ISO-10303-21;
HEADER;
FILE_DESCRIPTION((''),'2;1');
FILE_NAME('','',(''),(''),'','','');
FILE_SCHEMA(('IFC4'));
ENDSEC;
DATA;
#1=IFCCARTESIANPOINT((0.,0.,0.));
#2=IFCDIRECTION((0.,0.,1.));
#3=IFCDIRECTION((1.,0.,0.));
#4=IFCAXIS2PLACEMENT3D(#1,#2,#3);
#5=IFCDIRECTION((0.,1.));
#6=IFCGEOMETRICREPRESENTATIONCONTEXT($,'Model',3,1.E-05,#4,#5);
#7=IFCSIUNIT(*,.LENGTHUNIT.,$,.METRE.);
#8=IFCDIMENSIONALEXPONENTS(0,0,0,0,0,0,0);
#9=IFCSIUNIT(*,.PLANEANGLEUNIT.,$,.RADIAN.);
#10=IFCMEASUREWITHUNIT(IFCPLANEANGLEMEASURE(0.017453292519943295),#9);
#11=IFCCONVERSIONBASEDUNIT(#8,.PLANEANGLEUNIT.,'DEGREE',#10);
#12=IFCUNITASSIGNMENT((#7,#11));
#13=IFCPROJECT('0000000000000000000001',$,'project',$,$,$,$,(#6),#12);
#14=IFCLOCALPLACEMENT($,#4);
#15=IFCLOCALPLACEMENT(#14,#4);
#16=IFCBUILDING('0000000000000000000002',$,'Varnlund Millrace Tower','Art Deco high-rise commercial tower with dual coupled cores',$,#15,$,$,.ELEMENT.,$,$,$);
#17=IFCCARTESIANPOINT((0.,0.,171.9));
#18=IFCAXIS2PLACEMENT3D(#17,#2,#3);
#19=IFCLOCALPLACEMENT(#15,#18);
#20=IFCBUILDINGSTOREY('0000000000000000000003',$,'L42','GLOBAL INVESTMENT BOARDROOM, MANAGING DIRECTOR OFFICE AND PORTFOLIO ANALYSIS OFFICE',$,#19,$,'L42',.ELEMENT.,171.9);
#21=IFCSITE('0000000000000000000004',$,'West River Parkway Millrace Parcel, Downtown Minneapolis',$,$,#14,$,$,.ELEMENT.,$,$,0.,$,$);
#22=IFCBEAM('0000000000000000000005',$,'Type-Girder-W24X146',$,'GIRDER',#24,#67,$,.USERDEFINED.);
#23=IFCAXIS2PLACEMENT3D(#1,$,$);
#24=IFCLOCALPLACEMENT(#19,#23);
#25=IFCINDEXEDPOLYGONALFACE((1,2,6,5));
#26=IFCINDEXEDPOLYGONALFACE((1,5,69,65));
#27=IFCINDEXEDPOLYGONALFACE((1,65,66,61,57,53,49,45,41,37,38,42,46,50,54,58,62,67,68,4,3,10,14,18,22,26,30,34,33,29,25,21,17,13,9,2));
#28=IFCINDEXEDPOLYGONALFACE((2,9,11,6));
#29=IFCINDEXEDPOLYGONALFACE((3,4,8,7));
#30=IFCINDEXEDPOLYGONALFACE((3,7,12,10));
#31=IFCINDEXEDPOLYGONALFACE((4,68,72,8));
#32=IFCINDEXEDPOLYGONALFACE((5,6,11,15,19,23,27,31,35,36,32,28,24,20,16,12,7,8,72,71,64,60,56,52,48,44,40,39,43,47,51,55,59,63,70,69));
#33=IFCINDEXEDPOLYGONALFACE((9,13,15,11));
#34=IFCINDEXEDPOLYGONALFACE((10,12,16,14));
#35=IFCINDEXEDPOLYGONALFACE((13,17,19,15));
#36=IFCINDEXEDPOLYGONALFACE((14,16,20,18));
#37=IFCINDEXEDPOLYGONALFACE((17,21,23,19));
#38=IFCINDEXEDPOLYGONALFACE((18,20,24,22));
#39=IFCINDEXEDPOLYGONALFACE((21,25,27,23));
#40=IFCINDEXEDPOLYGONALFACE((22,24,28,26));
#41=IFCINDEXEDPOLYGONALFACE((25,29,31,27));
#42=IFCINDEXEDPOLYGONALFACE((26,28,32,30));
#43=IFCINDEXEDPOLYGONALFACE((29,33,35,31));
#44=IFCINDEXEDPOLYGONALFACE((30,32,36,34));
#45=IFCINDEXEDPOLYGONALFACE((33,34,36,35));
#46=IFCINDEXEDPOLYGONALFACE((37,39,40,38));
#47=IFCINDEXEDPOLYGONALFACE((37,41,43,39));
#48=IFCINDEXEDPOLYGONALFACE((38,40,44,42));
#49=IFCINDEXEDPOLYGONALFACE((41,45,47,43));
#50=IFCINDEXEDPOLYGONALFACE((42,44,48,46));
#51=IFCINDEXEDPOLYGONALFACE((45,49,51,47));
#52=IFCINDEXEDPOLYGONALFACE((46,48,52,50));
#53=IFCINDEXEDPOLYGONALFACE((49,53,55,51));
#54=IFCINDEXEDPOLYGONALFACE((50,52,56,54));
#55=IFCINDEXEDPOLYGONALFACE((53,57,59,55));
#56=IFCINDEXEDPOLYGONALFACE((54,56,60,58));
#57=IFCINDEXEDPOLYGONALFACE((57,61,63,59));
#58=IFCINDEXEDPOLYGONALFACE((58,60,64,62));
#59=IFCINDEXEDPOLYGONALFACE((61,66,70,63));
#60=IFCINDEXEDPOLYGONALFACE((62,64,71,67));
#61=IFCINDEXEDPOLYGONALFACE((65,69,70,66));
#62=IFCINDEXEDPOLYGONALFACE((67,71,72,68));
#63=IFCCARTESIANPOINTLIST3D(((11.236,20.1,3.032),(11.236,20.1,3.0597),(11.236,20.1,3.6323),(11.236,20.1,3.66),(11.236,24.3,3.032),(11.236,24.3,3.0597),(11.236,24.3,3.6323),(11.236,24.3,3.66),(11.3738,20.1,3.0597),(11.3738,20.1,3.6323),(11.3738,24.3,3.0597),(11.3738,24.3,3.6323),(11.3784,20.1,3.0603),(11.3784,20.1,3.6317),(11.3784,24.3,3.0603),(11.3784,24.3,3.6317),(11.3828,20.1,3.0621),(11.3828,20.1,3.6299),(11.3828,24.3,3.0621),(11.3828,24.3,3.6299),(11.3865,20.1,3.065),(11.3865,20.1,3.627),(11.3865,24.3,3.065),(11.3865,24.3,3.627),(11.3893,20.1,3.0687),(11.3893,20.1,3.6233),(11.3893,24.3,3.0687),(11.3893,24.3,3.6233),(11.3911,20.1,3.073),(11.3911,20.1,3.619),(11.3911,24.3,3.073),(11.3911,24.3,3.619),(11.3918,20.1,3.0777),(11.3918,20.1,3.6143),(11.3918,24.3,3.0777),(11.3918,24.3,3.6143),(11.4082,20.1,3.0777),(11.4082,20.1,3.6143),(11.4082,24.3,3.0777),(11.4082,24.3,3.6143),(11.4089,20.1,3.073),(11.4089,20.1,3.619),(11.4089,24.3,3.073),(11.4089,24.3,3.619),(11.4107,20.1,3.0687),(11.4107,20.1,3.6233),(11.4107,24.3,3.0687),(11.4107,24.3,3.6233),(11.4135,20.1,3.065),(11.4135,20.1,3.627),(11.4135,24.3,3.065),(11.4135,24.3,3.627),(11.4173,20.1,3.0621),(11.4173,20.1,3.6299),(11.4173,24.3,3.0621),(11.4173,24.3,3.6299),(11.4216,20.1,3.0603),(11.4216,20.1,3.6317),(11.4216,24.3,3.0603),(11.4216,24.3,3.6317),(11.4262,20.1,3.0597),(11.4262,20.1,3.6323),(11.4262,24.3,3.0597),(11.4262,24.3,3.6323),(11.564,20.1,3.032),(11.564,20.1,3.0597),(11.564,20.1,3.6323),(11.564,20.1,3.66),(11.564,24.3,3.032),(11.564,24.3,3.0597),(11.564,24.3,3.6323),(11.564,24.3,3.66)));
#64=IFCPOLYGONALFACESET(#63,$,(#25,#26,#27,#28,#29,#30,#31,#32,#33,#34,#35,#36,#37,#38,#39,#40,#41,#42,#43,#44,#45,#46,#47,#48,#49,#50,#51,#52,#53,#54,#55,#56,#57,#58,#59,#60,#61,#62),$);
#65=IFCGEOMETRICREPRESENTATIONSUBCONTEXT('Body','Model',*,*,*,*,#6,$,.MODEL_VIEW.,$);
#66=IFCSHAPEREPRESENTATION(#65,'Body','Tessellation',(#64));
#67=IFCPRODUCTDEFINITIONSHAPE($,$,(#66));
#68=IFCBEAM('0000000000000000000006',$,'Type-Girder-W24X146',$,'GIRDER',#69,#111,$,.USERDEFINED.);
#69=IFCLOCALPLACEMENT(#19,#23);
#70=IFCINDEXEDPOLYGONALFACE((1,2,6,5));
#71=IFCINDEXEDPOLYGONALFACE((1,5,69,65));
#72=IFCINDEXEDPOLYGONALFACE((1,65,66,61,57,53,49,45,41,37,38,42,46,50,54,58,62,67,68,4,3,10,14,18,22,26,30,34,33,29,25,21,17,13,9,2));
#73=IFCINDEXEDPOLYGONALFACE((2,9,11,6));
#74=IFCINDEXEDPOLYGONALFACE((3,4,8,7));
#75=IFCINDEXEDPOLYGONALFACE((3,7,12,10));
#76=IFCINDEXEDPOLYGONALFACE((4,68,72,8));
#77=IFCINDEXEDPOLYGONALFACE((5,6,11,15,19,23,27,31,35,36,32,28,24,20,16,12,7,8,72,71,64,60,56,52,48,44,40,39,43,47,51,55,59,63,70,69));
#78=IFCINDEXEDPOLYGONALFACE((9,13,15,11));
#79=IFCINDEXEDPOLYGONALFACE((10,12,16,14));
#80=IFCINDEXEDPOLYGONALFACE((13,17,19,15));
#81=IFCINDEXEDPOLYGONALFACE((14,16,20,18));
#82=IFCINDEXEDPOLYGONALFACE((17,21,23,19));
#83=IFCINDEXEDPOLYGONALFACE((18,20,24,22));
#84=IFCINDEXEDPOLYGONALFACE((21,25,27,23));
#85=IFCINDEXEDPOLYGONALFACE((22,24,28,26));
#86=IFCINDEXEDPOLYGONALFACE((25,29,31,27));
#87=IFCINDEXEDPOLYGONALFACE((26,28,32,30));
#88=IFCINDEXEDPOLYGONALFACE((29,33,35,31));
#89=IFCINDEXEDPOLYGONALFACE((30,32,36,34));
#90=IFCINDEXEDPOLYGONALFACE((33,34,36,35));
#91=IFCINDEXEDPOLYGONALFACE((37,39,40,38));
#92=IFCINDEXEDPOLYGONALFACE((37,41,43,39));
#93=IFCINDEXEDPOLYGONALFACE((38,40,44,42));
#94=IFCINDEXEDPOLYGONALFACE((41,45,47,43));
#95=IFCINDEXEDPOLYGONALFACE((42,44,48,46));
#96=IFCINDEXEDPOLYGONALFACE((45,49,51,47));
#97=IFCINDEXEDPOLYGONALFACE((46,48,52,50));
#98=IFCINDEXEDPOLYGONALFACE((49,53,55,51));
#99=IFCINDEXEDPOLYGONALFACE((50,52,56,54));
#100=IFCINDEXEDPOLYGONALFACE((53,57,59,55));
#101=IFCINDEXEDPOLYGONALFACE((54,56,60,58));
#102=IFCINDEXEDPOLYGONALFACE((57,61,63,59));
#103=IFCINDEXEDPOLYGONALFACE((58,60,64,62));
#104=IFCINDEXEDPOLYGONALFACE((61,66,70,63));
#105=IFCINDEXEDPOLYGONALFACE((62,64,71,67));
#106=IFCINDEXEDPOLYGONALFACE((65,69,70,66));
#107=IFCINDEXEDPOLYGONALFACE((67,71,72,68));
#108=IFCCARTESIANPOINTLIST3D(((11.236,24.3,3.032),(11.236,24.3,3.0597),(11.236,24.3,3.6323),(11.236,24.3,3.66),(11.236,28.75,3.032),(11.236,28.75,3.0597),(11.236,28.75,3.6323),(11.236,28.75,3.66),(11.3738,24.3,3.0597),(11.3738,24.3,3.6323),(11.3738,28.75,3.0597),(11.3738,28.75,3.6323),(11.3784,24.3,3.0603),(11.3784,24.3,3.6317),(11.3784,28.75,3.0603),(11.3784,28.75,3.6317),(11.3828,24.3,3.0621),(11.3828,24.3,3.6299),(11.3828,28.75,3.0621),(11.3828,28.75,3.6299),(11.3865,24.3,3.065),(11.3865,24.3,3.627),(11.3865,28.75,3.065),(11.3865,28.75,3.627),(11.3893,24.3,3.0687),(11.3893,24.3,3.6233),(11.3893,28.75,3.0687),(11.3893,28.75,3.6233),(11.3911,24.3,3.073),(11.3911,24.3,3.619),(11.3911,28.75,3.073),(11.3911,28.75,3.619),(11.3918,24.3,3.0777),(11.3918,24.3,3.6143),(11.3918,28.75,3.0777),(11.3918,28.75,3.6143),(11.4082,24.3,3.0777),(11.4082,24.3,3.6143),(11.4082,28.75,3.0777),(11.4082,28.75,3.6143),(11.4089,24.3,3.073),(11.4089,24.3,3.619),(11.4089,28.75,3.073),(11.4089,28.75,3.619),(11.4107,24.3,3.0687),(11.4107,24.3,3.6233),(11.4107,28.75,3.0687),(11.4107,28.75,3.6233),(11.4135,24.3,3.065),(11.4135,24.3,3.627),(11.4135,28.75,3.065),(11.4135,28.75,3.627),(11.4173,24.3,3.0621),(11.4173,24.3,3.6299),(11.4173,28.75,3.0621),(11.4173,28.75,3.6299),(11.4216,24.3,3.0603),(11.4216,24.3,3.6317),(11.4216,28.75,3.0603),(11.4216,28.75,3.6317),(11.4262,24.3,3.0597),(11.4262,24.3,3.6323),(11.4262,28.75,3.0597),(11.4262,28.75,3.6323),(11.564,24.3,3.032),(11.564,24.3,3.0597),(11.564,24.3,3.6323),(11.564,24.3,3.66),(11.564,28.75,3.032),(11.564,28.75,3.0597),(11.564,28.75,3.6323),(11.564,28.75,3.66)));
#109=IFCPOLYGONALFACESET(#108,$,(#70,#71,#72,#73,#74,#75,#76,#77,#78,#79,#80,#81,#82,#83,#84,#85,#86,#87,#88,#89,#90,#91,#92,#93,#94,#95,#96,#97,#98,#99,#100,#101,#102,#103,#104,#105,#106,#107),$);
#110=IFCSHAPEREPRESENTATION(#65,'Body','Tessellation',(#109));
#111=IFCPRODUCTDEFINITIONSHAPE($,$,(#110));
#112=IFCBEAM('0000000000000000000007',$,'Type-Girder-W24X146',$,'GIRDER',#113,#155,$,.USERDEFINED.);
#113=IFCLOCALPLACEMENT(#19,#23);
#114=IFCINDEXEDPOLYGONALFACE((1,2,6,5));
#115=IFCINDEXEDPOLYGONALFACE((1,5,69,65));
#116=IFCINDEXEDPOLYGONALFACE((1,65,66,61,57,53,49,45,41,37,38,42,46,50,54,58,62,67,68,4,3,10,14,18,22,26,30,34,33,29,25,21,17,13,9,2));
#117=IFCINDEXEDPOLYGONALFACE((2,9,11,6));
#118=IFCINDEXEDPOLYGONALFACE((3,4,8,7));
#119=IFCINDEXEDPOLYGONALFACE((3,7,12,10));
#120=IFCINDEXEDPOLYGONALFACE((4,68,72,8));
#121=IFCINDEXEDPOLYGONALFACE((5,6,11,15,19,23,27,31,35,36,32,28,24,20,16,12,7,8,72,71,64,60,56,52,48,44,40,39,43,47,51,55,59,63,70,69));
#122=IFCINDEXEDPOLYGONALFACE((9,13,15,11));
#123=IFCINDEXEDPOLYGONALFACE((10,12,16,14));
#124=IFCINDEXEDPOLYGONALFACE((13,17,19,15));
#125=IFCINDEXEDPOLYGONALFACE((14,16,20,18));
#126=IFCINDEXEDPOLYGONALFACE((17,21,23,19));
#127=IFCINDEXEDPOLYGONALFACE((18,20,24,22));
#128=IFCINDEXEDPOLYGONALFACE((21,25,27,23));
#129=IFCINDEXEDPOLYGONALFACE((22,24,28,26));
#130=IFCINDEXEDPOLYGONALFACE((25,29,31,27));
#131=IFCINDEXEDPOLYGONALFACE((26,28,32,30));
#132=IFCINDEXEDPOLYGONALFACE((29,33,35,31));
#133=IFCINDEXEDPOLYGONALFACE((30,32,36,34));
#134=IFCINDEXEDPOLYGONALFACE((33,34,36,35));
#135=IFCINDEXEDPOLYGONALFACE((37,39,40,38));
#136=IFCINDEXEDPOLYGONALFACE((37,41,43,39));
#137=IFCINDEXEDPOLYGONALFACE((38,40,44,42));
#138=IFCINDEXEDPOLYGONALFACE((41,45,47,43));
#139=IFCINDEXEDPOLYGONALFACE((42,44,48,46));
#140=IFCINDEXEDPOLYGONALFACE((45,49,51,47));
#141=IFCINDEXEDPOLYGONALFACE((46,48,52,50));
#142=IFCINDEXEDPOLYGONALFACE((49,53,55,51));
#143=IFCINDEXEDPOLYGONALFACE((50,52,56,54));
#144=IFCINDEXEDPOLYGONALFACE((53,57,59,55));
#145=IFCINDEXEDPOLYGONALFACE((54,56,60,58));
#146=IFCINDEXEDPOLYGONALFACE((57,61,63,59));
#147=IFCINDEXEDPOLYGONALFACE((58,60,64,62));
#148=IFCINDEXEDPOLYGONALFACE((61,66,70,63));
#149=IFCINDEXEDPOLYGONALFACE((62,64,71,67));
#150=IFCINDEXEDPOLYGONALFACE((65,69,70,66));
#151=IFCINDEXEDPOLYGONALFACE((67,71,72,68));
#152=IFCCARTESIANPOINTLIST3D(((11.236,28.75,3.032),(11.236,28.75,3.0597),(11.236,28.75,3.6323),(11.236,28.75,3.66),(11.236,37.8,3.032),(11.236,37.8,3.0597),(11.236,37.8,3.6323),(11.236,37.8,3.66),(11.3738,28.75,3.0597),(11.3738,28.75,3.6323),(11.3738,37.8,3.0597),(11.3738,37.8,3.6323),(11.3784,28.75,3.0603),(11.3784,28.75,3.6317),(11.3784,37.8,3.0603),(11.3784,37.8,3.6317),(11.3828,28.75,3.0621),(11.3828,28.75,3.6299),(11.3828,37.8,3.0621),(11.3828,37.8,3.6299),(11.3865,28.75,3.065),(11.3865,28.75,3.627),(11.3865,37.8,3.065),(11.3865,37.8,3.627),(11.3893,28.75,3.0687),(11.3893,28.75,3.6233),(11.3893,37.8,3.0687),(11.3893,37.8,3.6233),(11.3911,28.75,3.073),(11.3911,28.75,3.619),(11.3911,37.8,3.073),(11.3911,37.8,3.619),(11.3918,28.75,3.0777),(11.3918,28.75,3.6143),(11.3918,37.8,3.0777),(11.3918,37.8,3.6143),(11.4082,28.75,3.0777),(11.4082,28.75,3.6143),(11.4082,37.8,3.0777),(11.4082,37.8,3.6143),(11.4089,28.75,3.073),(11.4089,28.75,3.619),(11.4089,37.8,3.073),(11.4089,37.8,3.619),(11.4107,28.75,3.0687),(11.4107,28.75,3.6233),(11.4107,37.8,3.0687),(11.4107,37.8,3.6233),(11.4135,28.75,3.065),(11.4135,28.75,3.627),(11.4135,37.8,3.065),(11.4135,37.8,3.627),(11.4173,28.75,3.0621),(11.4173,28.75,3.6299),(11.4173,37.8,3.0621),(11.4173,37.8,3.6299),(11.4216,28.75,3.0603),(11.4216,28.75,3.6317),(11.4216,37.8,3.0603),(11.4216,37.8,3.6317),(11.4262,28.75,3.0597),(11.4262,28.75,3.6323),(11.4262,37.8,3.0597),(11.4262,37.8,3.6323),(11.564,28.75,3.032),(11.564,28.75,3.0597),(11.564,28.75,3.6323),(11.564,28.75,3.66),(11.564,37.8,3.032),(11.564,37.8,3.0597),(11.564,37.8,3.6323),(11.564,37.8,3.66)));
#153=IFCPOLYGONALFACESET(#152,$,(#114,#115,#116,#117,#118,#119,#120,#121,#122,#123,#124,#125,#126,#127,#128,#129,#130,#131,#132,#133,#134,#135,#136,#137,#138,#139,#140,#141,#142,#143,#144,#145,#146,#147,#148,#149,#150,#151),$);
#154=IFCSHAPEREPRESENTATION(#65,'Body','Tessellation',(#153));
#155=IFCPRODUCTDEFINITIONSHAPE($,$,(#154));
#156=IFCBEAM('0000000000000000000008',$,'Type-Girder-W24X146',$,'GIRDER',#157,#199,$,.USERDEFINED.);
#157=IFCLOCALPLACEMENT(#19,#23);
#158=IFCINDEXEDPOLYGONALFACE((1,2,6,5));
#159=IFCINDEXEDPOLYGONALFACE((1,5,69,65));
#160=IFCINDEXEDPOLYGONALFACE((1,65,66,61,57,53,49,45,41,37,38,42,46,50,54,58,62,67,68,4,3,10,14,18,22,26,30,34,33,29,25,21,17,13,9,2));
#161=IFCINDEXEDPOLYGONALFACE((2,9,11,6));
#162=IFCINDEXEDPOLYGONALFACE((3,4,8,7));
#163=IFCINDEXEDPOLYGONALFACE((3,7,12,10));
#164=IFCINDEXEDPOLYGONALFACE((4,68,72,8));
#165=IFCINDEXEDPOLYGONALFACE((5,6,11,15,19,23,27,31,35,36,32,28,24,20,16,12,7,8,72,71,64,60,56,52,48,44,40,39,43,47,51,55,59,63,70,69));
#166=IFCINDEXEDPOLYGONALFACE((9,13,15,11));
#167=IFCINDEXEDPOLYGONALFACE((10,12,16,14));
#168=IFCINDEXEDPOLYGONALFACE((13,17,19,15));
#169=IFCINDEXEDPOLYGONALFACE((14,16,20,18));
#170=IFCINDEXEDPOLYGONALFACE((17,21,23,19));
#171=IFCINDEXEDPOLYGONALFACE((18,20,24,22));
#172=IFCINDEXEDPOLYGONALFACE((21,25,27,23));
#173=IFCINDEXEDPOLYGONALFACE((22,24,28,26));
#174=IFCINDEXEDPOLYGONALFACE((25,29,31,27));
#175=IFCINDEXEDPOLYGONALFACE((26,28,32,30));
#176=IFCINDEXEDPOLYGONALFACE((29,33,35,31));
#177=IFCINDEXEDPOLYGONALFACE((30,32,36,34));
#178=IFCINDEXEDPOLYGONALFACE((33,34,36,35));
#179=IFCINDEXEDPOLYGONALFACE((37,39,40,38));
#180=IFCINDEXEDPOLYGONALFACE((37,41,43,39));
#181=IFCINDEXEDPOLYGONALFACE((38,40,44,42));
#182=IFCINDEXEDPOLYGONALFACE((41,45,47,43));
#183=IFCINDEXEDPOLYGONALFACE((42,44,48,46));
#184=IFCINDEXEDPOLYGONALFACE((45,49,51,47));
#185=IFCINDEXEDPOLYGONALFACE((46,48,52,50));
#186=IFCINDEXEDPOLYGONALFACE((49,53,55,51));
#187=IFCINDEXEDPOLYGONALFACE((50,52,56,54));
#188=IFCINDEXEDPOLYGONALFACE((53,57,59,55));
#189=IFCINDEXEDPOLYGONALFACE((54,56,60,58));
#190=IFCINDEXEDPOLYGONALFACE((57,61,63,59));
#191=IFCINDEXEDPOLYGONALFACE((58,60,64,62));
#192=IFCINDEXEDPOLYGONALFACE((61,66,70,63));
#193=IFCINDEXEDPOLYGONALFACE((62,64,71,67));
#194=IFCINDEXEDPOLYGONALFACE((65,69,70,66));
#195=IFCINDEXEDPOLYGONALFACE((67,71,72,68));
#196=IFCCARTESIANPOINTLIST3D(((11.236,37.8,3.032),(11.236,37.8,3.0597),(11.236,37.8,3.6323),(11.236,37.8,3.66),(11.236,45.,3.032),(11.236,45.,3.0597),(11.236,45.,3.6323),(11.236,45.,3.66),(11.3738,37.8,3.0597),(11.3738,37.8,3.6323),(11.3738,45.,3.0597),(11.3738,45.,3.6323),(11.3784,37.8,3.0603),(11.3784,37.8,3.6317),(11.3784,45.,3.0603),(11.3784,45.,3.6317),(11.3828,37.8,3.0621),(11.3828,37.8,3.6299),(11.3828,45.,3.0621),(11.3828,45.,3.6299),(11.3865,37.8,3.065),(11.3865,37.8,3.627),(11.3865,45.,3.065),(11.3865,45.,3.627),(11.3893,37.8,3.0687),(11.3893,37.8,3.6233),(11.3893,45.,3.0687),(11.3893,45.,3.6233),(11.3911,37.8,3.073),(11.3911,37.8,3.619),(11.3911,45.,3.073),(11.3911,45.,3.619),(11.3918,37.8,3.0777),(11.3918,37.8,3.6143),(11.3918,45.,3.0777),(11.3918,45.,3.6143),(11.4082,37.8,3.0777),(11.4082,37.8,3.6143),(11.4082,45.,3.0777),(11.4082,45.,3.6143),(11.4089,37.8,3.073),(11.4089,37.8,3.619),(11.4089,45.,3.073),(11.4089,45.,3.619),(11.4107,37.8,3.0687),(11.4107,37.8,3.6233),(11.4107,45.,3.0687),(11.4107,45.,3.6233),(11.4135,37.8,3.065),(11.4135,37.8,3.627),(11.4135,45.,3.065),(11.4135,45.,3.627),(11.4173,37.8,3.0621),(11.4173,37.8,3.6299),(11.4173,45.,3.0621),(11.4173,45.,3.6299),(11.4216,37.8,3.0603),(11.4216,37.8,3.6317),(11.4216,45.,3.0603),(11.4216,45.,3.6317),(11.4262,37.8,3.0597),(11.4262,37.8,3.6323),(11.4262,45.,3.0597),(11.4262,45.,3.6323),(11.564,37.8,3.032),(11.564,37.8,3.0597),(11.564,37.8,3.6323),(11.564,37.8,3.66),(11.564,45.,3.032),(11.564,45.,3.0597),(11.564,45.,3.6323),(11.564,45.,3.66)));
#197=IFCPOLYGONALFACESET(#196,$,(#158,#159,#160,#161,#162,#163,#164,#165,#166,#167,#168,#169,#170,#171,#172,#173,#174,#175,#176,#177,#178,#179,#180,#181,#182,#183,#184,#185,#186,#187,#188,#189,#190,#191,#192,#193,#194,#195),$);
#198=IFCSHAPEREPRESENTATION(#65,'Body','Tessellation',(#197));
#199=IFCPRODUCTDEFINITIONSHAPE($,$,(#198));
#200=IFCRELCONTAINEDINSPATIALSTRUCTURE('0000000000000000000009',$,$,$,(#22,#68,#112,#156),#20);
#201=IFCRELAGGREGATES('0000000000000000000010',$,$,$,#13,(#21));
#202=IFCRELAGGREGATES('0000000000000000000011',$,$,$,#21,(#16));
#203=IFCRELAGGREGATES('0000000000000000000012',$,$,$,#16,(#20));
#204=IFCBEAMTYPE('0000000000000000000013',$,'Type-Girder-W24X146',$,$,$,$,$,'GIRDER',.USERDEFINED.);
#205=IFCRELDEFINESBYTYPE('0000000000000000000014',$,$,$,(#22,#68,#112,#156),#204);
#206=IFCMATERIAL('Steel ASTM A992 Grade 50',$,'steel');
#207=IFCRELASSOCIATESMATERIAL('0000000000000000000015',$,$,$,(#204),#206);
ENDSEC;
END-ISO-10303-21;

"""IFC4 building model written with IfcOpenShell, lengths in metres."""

from ifc_helpers import new_model, entity, si_unit, converted_unit, direction, frame, origin_with_axes, origin_2d_with_axis, place, context, subcontext, project, spatial, i_section, extrude, material, material_profile, profile_set, type_object, element, save


model = new_model("IFC4")

# Units and contexts
model_context = context("Model", 3, precision=1e-05, world=origin_with_axes(), true_north=direction((0.0, 1.0)))
body_context = subcontext(model_context, "Body", "Model", "MODEL_VIEW")
ifc_project = project(units=[si_unit("LENGTHUNIT", "METRE"), converted_unit("PLANEANGLEUNIT", "DEGREE", entity("IfcPlaneAngleMeasure", 0.017453292519943295), si_unit("PLANEANGLEUNIT", "RADIAN"), dimensions=[0, 0, 0, 0, 0, 0, 0])], contexts=[model_context])

# Site, building, storey
site_placement = place(None, origin_with_axes())
site = spatial("IfcSite", under=ifc_project, at=site_placement, Name="West River Parkway Millrace Parcel, Downtown Minneapolis", CompositionType="ELEMENT", RefElevation=0.0)
building_placement = place(site_placement, origin_with_axes())
building = spatial("IfcBuilding", under=site, at=building_placement, Name="Varnlund Millrace Tower", Description="Art Deco high-rise commercial tower with dual coupled cores", CompositionType="ELEMENT")
storey_placement = place(building_placement, frame((0.0, 0.0, 171.9), z_axis=(0.0, 0.0, 1.0), x_axis=(1.0, 0.0, 0.0)))
storey = spatial("IfcBuildingStorey", under=building, at=storey_placement, Name="L42", Description="GLOBAL INVESTMENT BOARDROOM, MANAGING DIRECTOR OFFICE AND PORTFOLIO ANALYSIS OFFICE", LongName="L42", CompositionType="ELEMENT", Elevation=171.9)

# Beams
ifc_material_1 = material(Name="Steel ASTM A992 Grade 50", Category="steel")
ifc_material_profile_1 = material_profile(ifc_material_1, i_section(OverallWidth=0.328, OverallDepth=0.628, WebThickness=0.0165, FlangeThickness=0.0277, FilletRadius=0.018, at=origin_2d_with_axis()), Name="Steel ASTM A992 Grade 50")
ifc_profile_set_1 = profile_set([ifc_material_profile_1], Name="Steel ASTM A992 Grade 50")
beam_type_1 = type_object("IfcBeamType", Name="Type-Girder-W24X146", ElementType="GIRDER", PredefinedType="USERDEFINED", material=ifc_profile_set_1)
beam_1_placement = place(storey_placement, frame((11.4, 20.1, 3.346), z_axis=(0.0, 1.0, 0.0), x_axis=(-1.0, 0.0, 0.0)))
element("IfcBeam", 1, at=beam_1_placement, inside=storey, type_object=beam_type_1, Name="Type-Girder-W24X146", ObjectType="GIRDER", PredefinedType="USERDEFINED", context=body_context, shape_type="SweptSolid", body=[
    extrude(i_section(OverallWidth=0.328, OverallDepth=0.628, WebThickness=0.0165, FlangeThickness=0.0277, FilletRadius=0.018, at=origin_2d_with_axis()), origin_with_axes(), (0.0, 0.0, 1.0), 4.2),
])
beam_2_placement = place(storey_placement, frame((11.4, 24.3, 3.346), z_axis=(0.0, 1.0, 0.0), x_axis=(-1.0, 0.0, 0.0)))
element("IfcBeam", 2, at=beam_2_placement, inside=storey, type_object=beam_type_1, Name="Type-Girder-W24X146", ObjectType="GIRDER", PredefinedType="USERDEFINED", context=body_context, shape_type="SweptSolid", body=[
    extrude(i_section(OverallWidth=0.328, OverallDepth=0.628, WebThickness=0.0165, FlangeThickness=0.0277, FilletRadius=0.018, at=origin_2d_with_axis()), origin_with_axes(), (0.0, 0.0, 1.0), 4.45),
])
beam_3_placement = place(storey_placement, frame((11.4, 28.75, 3.346), z_axis=(0.0, 1.0, 0.0), x_axis=(-1.0, 0.0, 0.0)))
element("IfcBeam", 3, at=beam_3_placement, inside=storey, type_object=beam_type_1, Name="Type-Girder-W24X146", ObjectType="GIRDER", PredefinedType="USERDEFINED", context=body_context, shape_type="SweptSolid", body=[
    extrude(i_section(OverallWidth=0.328, OverallDepth=0.628, WebThickness=0.0165, FlangeThickness=0.0277, FilletRadius=0.018, at=origin_2d_with_axis()), origin_with_axes(), (0.0, 0.0, 1.0), 9.05),
])
beam_4_placement = place(storey_placement, frame((11.4, 37.8, 3.346), z_axis=(0.0, 1.0, 0.0), x_axis=(-1.0, 0.0, 0.0)))
element("IfcBeam", 4, at=beam_4_placement, inside=storey, type_object=beam_type_1, Name="Type-Girder-W24X146", ObjectType="GIRDER", PredefinedType="USERDEFINED", context=body_context, shape_type="SweptSolid", body=[
    extrude(i_section(OverallWidth=0.328, OverallDepth=0.628, WebThickness=0.0165, FlangeThickness=0.0277, FilletRadius=0.018, at=origin_2d_with_axis()), origin_with_axes(), (0.0, 0.0, 1.0), 7.2),
])

save(model, "model.ifc")
